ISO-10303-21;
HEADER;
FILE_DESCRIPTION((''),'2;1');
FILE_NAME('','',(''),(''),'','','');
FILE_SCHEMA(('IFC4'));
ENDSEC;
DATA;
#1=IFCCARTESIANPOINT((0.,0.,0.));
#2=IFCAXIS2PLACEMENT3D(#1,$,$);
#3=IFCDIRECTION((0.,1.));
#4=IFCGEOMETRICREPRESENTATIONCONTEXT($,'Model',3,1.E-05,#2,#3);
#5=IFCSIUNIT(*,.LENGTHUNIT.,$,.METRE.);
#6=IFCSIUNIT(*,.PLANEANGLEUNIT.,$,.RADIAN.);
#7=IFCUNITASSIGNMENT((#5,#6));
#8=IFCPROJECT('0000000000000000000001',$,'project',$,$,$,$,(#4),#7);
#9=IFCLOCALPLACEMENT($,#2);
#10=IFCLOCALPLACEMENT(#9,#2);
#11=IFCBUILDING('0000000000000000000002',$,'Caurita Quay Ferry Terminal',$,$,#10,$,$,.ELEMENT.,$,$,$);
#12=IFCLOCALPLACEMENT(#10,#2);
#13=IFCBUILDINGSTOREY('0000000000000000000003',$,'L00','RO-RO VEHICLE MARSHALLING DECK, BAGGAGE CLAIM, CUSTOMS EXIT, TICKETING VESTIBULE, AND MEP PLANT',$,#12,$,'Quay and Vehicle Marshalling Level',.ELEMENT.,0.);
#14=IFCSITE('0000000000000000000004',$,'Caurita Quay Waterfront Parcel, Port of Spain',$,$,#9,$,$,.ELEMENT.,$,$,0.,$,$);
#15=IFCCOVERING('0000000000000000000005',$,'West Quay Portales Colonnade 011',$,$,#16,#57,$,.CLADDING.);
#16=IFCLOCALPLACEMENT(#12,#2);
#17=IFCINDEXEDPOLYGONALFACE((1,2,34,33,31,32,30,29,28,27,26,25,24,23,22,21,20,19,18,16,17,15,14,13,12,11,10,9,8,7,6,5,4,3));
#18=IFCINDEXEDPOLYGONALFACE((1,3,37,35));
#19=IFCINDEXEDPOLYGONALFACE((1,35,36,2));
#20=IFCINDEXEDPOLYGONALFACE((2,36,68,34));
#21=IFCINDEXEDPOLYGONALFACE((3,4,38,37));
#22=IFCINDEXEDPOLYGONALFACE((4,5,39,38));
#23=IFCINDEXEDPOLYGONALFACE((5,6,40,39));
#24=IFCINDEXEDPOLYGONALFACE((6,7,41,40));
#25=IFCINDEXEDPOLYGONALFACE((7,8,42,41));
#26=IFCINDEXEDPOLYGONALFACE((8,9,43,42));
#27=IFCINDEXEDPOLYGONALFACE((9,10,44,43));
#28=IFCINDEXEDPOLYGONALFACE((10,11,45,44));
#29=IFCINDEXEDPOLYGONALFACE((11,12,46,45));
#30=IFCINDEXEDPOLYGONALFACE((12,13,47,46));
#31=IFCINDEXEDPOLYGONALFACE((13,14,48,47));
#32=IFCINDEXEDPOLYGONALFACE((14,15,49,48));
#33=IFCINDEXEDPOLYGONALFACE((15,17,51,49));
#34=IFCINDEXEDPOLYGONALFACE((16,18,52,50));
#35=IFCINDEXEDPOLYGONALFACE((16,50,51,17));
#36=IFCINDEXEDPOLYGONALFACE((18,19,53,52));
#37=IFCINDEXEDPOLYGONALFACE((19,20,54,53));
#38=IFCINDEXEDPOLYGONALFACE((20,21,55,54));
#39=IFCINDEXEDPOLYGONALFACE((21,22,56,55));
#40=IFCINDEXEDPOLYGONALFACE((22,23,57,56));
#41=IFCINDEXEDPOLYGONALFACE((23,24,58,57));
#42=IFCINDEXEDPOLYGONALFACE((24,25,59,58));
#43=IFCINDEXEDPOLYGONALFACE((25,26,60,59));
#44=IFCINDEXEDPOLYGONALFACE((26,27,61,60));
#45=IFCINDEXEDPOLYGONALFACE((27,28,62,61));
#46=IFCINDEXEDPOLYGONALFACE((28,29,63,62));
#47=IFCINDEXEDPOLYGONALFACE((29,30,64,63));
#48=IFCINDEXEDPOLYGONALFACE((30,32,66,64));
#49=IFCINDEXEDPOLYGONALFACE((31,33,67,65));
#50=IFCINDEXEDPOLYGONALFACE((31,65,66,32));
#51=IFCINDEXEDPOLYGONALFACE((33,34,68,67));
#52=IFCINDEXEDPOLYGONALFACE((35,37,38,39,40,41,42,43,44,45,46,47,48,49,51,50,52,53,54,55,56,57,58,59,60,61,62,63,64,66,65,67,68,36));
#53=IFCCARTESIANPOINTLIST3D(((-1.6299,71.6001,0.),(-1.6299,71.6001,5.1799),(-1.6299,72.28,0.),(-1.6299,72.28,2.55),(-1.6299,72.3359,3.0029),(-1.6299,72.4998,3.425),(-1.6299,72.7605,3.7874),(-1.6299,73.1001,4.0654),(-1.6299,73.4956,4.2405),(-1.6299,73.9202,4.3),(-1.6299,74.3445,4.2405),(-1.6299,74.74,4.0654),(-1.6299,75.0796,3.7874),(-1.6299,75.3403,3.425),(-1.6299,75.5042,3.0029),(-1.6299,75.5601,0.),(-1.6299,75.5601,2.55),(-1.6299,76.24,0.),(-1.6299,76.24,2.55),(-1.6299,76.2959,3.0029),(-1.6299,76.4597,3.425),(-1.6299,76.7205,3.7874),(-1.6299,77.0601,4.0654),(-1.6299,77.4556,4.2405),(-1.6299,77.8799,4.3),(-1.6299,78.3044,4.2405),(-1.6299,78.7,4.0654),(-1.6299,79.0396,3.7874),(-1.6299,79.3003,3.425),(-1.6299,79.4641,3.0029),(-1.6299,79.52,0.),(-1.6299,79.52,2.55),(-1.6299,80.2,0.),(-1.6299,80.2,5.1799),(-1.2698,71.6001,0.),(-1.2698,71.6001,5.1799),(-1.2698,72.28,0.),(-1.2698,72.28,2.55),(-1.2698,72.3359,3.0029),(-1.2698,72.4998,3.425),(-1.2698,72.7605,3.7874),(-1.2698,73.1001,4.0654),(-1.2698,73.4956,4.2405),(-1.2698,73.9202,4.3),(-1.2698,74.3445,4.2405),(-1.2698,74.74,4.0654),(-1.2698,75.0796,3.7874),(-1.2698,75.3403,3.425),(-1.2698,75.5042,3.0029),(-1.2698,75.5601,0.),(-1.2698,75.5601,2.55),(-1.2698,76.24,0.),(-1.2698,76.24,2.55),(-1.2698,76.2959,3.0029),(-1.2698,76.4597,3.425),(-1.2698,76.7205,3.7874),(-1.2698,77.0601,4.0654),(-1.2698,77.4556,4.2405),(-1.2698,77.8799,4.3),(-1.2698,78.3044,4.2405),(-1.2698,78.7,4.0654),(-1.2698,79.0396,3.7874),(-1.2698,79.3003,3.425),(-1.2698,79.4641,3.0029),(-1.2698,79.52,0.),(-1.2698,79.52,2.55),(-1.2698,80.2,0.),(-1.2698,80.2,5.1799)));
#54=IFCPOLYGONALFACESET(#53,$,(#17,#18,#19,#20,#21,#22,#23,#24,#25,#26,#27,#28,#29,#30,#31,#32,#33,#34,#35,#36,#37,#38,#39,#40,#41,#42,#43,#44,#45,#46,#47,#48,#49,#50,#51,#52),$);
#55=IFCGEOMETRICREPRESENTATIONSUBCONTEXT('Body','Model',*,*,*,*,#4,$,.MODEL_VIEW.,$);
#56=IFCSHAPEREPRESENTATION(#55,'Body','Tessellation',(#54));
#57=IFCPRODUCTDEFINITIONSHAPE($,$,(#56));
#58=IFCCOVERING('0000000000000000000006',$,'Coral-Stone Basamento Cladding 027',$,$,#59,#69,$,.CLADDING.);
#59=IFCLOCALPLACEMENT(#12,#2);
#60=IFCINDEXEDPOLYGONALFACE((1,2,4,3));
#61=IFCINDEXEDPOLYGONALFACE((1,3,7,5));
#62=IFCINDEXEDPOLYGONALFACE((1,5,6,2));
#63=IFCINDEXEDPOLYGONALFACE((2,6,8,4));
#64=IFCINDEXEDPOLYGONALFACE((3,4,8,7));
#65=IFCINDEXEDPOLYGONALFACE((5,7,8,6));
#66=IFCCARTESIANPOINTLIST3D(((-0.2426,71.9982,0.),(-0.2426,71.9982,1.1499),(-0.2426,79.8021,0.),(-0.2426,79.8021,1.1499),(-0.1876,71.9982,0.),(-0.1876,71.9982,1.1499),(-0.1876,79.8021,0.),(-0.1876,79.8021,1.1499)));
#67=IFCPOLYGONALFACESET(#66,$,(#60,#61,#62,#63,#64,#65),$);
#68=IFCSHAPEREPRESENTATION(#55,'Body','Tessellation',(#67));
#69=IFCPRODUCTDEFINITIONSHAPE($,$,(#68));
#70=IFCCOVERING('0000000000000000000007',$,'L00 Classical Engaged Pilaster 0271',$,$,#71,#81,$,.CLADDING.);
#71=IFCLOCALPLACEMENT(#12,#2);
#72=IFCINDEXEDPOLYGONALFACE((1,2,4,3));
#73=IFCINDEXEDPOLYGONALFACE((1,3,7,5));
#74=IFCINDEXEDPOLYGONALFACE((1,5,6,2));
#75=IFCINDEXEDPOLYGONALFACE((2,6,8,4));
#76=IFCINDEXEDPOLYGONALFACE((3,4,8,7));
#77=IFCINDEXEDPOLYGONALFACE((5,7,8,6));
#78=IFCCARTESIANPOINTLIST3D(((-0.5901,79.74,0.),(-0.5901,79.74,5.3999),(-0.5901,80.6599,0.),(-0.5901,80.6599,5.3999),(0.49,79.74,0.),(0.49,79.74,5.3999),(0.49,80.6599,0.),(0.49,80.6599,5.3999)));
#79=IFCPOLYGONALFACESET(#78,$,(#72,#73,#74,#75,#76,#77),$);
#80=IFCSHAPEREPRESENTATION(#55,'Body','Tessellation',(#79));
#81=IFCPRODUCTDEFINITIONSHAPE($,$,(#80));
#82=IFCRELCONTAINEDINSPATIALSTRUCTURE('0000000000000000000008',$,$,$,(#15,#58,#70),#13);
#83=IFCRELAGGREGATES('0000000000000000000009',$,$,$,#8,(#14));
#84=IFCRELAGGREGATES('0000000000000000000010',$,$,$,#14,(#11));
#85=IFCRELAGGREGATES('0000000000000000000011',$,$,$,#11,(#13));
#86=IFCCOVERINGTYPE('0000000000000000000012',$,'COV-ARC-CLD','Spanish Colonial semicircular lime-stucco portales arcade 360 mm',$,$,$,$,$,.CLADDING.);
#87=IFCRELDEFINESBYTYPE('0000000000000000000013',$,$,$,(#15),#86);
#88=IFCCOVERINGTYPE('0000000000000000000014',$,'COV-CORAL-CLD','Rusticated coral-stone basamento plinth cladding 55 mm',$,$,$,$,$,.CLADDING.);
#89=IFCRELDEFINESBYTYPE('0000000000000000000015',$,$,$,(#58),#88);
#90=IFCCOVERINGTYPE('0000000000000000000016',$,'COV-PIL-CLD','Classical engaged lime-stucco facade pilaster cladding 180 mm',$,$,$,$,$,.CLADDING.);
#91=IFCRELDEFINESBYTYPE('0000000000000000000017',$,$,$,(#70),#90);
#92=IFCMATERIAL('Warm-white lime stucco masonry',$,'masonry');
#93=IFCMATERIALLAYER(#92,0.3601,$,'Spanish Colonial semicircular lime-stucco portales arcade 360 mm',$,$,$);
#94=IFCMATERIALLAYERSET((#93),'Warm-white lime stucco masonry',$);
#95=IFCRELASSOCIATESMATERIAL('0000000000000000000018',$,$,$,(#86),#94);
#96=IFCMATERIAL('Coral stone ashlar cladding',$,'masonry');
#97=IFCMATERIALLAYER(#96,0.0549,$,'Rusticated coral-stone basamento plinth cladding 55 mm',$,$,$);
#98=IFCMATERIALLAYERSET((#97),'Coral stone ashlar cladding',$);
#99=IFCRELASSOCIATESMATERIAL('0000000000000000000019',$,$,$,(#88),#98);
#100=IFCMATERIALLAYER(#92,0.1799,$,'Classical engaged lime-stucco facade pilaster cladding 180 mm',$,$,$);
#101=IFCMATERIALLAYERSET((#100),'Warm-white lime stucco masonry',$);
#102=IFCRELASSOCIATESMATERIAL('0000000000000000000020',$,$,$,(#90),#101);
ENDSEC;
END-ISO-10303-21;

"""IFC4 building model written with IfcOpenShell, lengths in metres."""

from ifc_helpers import new_model, si_unit, direction, frame, frame_2d, origin, origin_2d, place, context, subcontext, project, spatial, polyline, rectangle, outline, extrude, material, layer, layer_set, type_object, element, save


model = new_model("IFC4")

# Units and contexts
model_context = context("Model", 3, precision=1e-05, world=origin(), true_north=direction((0.0, 1.0)))
body_context = subcontext(model_context, "Body", "Model", "MODEL_VIEW")
ifc_project = project(units=[si_unit("LENGTHUNIT", "METRE"), si_unit("PLANEANGLEUNIT", "RADIAN")], contexts=[model_context])

# Site, building, storey
site_placement = place(None, origin())
site = spatial("IfcSite", under=ifc_project, at=site_placement, Name="Caurita Quay Waterfront Parcel, Port of Spain", CompositionType="ELEMENT", RefElevation=0.0)
building_placement = place(site_placement, origin())
building = spatial("IfcBuilding", under=site, at=building_placement, Name="Caurita Quay Ferry Terminal", CompositionType="ELEMENT")
storey_placement = place(building_placement, origin())
storey = spatial("IfcBuildingStorey", under=building, at=storey_placement, Name="L00", Description="RO-RO VEHICLE MARSHALLING DECK, BAGGAGE CLAIM, CUSTOMS EXIT, TICKETING VESTIBULE, AND MEP PLANT", LongName="Quay and Vehicle Marshalling Level", CompositionType="ELEMENT", Elevation=0.0)

# Shared definitions
ifc_material_1 = material(Name="Warm-white lime stucco masonry", Category="masonry")

# Shared definitions
ifc_material_2 = material(Name="Coral stone ashlar cladding", Category="masonry")

# Coverings
ifc_layer_1 = layer(ifc_material_1, 0.3601, Name="Spanish Colonial semicircular lime-stucco portales arcade 360 mm")
ifc_layer_set_1 = layer_set([ifc_layer_1], Name="Warm-white lime stucco masonry")
covering_type_1 = type_object("IfcCoveringType", Name="COV-ARC-CLD", Description="Spanish Colonial semicircular lime-stucco portales arcade 360 mm", PredefinedType="CLADDING", material=ifc_layer_set_1)
covering_1_placement = place(storey_placement, frame((-1.45, 80.2, 0.0), z_axis=(0.0, 0.0, 1.0), x_axis=(0.0, -1.0, 0.0)))
element("IfcCovering", 1, at=covering_1_placement, inside=storey, type_object=covering_type_1, Name="West Quay Portales Colonnade 011", PredefinedType="CLADDING", context=body_context, shape_type="SweptSolid", body=[
    extrude(outline(polyline([(0.0, 0.0), (0.6799, 0.0), (0.6799, 2.55), (0.7358, 3.0029), (0.8997, 3.425), (1.1604, 3.7874), (1.5, 4.0654), (1.8955, 4.2405), (2.3201, 4.3), (2.7444, 4.2405), (3.1399, 4.0654), (3.4795, 3.7874), (3.7402, 3.425), (3.9041, 3.0029), (3.96, 2.55), (3.96, 0.0), (4.6399, 0.0), (4.6399, 2.55), (4.6958, 3.0029), (4.8596, 3.425), (5.1204, 3.7874), (5.46, 4.0654), (5.8555, 4.2405), (6.2798, 4.3), (6.7043, 4.2405), (7.0999, 4.0654), (7.4395, 3.7874), (7.7002, 3.425), (7.864, 3.0029), (7.9199, 2.55), (7.9199, 0.0), (8.5999, 0.0), (8.5999, 5.1799), (0.0, 5.1799), (0.0, 0.0)])), frame((0.0, 0.1802, 0.0), z_axis=(0.0, -1.0, 0.0), x_axis=(1.0, 0.0, 0.0)), (0.0, 0.0, 1.0), 0.3601),
])
ifc_layer_2 = layer(ifc_material_2, 0.0549, Name="Rusticated coral-stone basamento plinth cladding 55 mm")
ifc_layer_set_2 = layer_set([ifc_layer_2], Name="Coral stone ashlar cladding")
covering_type_2 = type_object("IfcCoveringType", Name="COV-CORAL-CLD", Description="Rusticated coral-stone basamento plinth cladding 55 mm", PredefinedType="CLADDING", material=ifc_layer_set_2)
covering_2_placement = place(storey_placement, frame((-0.2151, 79.802, 0.0), z_axis=(0.0, 0.0, 1.0), x_axis=(0.0, -1.0, 0.0)))
element("IfcCovering", 2, at=covering_2_placement, inside=storey, type_object=covering_type_2, Name="Coral-Stone Basamento Cladding 027", PredefinedType="CLADDING", context=body_context, shape_type="SweptSolid", body=[
    extrude(rectangle(XDim=7.804, YDim=0.0549, at=frame_2d((3.9019, 0.0))), origin(), (0.0, 0.0, 1.0), 1.1499),
])
ifc_layer_3 = layer(ifc_material_1, 0.1799, Name="Classical engaged lime-stucco facade pilaster cladding 180 mm")
ifc_layer_set_3 = layer_set([ifc_layer_3], Name="Warm-white lime stucco masonry")
covering_type_3 = type_object("IfcCoveringType", Name="COV-PIL-CLD", Description="Classical engaged lime-stucco facade pilaster cladding 180 mm", PredefinedType="CLADDING", material=ifc_layer_set_3)
covering_3_placement = place(storey_placement, frame((-0.05, 80.2, 0.0), z_axis=(0.0, 0.0, 1.0), x_axis=(1.0, 0.0, 0.0)))
element("IfcCovering", 3, at=covering_3_placement, inside=storey, type_object=covering_type_3, Name="L00 Classical Engaged Pilaster 0271", PredefinedType="CLADDING", context=body_context, shape_type="SweptSolid", body=[
    extrude(rectangle(XDim=1.0801, YDim=0.9199, at=origin_2d()), origin(), (0.0, 0.0, 1.0), 5.3999),
])

save(model, "model.ifc")
